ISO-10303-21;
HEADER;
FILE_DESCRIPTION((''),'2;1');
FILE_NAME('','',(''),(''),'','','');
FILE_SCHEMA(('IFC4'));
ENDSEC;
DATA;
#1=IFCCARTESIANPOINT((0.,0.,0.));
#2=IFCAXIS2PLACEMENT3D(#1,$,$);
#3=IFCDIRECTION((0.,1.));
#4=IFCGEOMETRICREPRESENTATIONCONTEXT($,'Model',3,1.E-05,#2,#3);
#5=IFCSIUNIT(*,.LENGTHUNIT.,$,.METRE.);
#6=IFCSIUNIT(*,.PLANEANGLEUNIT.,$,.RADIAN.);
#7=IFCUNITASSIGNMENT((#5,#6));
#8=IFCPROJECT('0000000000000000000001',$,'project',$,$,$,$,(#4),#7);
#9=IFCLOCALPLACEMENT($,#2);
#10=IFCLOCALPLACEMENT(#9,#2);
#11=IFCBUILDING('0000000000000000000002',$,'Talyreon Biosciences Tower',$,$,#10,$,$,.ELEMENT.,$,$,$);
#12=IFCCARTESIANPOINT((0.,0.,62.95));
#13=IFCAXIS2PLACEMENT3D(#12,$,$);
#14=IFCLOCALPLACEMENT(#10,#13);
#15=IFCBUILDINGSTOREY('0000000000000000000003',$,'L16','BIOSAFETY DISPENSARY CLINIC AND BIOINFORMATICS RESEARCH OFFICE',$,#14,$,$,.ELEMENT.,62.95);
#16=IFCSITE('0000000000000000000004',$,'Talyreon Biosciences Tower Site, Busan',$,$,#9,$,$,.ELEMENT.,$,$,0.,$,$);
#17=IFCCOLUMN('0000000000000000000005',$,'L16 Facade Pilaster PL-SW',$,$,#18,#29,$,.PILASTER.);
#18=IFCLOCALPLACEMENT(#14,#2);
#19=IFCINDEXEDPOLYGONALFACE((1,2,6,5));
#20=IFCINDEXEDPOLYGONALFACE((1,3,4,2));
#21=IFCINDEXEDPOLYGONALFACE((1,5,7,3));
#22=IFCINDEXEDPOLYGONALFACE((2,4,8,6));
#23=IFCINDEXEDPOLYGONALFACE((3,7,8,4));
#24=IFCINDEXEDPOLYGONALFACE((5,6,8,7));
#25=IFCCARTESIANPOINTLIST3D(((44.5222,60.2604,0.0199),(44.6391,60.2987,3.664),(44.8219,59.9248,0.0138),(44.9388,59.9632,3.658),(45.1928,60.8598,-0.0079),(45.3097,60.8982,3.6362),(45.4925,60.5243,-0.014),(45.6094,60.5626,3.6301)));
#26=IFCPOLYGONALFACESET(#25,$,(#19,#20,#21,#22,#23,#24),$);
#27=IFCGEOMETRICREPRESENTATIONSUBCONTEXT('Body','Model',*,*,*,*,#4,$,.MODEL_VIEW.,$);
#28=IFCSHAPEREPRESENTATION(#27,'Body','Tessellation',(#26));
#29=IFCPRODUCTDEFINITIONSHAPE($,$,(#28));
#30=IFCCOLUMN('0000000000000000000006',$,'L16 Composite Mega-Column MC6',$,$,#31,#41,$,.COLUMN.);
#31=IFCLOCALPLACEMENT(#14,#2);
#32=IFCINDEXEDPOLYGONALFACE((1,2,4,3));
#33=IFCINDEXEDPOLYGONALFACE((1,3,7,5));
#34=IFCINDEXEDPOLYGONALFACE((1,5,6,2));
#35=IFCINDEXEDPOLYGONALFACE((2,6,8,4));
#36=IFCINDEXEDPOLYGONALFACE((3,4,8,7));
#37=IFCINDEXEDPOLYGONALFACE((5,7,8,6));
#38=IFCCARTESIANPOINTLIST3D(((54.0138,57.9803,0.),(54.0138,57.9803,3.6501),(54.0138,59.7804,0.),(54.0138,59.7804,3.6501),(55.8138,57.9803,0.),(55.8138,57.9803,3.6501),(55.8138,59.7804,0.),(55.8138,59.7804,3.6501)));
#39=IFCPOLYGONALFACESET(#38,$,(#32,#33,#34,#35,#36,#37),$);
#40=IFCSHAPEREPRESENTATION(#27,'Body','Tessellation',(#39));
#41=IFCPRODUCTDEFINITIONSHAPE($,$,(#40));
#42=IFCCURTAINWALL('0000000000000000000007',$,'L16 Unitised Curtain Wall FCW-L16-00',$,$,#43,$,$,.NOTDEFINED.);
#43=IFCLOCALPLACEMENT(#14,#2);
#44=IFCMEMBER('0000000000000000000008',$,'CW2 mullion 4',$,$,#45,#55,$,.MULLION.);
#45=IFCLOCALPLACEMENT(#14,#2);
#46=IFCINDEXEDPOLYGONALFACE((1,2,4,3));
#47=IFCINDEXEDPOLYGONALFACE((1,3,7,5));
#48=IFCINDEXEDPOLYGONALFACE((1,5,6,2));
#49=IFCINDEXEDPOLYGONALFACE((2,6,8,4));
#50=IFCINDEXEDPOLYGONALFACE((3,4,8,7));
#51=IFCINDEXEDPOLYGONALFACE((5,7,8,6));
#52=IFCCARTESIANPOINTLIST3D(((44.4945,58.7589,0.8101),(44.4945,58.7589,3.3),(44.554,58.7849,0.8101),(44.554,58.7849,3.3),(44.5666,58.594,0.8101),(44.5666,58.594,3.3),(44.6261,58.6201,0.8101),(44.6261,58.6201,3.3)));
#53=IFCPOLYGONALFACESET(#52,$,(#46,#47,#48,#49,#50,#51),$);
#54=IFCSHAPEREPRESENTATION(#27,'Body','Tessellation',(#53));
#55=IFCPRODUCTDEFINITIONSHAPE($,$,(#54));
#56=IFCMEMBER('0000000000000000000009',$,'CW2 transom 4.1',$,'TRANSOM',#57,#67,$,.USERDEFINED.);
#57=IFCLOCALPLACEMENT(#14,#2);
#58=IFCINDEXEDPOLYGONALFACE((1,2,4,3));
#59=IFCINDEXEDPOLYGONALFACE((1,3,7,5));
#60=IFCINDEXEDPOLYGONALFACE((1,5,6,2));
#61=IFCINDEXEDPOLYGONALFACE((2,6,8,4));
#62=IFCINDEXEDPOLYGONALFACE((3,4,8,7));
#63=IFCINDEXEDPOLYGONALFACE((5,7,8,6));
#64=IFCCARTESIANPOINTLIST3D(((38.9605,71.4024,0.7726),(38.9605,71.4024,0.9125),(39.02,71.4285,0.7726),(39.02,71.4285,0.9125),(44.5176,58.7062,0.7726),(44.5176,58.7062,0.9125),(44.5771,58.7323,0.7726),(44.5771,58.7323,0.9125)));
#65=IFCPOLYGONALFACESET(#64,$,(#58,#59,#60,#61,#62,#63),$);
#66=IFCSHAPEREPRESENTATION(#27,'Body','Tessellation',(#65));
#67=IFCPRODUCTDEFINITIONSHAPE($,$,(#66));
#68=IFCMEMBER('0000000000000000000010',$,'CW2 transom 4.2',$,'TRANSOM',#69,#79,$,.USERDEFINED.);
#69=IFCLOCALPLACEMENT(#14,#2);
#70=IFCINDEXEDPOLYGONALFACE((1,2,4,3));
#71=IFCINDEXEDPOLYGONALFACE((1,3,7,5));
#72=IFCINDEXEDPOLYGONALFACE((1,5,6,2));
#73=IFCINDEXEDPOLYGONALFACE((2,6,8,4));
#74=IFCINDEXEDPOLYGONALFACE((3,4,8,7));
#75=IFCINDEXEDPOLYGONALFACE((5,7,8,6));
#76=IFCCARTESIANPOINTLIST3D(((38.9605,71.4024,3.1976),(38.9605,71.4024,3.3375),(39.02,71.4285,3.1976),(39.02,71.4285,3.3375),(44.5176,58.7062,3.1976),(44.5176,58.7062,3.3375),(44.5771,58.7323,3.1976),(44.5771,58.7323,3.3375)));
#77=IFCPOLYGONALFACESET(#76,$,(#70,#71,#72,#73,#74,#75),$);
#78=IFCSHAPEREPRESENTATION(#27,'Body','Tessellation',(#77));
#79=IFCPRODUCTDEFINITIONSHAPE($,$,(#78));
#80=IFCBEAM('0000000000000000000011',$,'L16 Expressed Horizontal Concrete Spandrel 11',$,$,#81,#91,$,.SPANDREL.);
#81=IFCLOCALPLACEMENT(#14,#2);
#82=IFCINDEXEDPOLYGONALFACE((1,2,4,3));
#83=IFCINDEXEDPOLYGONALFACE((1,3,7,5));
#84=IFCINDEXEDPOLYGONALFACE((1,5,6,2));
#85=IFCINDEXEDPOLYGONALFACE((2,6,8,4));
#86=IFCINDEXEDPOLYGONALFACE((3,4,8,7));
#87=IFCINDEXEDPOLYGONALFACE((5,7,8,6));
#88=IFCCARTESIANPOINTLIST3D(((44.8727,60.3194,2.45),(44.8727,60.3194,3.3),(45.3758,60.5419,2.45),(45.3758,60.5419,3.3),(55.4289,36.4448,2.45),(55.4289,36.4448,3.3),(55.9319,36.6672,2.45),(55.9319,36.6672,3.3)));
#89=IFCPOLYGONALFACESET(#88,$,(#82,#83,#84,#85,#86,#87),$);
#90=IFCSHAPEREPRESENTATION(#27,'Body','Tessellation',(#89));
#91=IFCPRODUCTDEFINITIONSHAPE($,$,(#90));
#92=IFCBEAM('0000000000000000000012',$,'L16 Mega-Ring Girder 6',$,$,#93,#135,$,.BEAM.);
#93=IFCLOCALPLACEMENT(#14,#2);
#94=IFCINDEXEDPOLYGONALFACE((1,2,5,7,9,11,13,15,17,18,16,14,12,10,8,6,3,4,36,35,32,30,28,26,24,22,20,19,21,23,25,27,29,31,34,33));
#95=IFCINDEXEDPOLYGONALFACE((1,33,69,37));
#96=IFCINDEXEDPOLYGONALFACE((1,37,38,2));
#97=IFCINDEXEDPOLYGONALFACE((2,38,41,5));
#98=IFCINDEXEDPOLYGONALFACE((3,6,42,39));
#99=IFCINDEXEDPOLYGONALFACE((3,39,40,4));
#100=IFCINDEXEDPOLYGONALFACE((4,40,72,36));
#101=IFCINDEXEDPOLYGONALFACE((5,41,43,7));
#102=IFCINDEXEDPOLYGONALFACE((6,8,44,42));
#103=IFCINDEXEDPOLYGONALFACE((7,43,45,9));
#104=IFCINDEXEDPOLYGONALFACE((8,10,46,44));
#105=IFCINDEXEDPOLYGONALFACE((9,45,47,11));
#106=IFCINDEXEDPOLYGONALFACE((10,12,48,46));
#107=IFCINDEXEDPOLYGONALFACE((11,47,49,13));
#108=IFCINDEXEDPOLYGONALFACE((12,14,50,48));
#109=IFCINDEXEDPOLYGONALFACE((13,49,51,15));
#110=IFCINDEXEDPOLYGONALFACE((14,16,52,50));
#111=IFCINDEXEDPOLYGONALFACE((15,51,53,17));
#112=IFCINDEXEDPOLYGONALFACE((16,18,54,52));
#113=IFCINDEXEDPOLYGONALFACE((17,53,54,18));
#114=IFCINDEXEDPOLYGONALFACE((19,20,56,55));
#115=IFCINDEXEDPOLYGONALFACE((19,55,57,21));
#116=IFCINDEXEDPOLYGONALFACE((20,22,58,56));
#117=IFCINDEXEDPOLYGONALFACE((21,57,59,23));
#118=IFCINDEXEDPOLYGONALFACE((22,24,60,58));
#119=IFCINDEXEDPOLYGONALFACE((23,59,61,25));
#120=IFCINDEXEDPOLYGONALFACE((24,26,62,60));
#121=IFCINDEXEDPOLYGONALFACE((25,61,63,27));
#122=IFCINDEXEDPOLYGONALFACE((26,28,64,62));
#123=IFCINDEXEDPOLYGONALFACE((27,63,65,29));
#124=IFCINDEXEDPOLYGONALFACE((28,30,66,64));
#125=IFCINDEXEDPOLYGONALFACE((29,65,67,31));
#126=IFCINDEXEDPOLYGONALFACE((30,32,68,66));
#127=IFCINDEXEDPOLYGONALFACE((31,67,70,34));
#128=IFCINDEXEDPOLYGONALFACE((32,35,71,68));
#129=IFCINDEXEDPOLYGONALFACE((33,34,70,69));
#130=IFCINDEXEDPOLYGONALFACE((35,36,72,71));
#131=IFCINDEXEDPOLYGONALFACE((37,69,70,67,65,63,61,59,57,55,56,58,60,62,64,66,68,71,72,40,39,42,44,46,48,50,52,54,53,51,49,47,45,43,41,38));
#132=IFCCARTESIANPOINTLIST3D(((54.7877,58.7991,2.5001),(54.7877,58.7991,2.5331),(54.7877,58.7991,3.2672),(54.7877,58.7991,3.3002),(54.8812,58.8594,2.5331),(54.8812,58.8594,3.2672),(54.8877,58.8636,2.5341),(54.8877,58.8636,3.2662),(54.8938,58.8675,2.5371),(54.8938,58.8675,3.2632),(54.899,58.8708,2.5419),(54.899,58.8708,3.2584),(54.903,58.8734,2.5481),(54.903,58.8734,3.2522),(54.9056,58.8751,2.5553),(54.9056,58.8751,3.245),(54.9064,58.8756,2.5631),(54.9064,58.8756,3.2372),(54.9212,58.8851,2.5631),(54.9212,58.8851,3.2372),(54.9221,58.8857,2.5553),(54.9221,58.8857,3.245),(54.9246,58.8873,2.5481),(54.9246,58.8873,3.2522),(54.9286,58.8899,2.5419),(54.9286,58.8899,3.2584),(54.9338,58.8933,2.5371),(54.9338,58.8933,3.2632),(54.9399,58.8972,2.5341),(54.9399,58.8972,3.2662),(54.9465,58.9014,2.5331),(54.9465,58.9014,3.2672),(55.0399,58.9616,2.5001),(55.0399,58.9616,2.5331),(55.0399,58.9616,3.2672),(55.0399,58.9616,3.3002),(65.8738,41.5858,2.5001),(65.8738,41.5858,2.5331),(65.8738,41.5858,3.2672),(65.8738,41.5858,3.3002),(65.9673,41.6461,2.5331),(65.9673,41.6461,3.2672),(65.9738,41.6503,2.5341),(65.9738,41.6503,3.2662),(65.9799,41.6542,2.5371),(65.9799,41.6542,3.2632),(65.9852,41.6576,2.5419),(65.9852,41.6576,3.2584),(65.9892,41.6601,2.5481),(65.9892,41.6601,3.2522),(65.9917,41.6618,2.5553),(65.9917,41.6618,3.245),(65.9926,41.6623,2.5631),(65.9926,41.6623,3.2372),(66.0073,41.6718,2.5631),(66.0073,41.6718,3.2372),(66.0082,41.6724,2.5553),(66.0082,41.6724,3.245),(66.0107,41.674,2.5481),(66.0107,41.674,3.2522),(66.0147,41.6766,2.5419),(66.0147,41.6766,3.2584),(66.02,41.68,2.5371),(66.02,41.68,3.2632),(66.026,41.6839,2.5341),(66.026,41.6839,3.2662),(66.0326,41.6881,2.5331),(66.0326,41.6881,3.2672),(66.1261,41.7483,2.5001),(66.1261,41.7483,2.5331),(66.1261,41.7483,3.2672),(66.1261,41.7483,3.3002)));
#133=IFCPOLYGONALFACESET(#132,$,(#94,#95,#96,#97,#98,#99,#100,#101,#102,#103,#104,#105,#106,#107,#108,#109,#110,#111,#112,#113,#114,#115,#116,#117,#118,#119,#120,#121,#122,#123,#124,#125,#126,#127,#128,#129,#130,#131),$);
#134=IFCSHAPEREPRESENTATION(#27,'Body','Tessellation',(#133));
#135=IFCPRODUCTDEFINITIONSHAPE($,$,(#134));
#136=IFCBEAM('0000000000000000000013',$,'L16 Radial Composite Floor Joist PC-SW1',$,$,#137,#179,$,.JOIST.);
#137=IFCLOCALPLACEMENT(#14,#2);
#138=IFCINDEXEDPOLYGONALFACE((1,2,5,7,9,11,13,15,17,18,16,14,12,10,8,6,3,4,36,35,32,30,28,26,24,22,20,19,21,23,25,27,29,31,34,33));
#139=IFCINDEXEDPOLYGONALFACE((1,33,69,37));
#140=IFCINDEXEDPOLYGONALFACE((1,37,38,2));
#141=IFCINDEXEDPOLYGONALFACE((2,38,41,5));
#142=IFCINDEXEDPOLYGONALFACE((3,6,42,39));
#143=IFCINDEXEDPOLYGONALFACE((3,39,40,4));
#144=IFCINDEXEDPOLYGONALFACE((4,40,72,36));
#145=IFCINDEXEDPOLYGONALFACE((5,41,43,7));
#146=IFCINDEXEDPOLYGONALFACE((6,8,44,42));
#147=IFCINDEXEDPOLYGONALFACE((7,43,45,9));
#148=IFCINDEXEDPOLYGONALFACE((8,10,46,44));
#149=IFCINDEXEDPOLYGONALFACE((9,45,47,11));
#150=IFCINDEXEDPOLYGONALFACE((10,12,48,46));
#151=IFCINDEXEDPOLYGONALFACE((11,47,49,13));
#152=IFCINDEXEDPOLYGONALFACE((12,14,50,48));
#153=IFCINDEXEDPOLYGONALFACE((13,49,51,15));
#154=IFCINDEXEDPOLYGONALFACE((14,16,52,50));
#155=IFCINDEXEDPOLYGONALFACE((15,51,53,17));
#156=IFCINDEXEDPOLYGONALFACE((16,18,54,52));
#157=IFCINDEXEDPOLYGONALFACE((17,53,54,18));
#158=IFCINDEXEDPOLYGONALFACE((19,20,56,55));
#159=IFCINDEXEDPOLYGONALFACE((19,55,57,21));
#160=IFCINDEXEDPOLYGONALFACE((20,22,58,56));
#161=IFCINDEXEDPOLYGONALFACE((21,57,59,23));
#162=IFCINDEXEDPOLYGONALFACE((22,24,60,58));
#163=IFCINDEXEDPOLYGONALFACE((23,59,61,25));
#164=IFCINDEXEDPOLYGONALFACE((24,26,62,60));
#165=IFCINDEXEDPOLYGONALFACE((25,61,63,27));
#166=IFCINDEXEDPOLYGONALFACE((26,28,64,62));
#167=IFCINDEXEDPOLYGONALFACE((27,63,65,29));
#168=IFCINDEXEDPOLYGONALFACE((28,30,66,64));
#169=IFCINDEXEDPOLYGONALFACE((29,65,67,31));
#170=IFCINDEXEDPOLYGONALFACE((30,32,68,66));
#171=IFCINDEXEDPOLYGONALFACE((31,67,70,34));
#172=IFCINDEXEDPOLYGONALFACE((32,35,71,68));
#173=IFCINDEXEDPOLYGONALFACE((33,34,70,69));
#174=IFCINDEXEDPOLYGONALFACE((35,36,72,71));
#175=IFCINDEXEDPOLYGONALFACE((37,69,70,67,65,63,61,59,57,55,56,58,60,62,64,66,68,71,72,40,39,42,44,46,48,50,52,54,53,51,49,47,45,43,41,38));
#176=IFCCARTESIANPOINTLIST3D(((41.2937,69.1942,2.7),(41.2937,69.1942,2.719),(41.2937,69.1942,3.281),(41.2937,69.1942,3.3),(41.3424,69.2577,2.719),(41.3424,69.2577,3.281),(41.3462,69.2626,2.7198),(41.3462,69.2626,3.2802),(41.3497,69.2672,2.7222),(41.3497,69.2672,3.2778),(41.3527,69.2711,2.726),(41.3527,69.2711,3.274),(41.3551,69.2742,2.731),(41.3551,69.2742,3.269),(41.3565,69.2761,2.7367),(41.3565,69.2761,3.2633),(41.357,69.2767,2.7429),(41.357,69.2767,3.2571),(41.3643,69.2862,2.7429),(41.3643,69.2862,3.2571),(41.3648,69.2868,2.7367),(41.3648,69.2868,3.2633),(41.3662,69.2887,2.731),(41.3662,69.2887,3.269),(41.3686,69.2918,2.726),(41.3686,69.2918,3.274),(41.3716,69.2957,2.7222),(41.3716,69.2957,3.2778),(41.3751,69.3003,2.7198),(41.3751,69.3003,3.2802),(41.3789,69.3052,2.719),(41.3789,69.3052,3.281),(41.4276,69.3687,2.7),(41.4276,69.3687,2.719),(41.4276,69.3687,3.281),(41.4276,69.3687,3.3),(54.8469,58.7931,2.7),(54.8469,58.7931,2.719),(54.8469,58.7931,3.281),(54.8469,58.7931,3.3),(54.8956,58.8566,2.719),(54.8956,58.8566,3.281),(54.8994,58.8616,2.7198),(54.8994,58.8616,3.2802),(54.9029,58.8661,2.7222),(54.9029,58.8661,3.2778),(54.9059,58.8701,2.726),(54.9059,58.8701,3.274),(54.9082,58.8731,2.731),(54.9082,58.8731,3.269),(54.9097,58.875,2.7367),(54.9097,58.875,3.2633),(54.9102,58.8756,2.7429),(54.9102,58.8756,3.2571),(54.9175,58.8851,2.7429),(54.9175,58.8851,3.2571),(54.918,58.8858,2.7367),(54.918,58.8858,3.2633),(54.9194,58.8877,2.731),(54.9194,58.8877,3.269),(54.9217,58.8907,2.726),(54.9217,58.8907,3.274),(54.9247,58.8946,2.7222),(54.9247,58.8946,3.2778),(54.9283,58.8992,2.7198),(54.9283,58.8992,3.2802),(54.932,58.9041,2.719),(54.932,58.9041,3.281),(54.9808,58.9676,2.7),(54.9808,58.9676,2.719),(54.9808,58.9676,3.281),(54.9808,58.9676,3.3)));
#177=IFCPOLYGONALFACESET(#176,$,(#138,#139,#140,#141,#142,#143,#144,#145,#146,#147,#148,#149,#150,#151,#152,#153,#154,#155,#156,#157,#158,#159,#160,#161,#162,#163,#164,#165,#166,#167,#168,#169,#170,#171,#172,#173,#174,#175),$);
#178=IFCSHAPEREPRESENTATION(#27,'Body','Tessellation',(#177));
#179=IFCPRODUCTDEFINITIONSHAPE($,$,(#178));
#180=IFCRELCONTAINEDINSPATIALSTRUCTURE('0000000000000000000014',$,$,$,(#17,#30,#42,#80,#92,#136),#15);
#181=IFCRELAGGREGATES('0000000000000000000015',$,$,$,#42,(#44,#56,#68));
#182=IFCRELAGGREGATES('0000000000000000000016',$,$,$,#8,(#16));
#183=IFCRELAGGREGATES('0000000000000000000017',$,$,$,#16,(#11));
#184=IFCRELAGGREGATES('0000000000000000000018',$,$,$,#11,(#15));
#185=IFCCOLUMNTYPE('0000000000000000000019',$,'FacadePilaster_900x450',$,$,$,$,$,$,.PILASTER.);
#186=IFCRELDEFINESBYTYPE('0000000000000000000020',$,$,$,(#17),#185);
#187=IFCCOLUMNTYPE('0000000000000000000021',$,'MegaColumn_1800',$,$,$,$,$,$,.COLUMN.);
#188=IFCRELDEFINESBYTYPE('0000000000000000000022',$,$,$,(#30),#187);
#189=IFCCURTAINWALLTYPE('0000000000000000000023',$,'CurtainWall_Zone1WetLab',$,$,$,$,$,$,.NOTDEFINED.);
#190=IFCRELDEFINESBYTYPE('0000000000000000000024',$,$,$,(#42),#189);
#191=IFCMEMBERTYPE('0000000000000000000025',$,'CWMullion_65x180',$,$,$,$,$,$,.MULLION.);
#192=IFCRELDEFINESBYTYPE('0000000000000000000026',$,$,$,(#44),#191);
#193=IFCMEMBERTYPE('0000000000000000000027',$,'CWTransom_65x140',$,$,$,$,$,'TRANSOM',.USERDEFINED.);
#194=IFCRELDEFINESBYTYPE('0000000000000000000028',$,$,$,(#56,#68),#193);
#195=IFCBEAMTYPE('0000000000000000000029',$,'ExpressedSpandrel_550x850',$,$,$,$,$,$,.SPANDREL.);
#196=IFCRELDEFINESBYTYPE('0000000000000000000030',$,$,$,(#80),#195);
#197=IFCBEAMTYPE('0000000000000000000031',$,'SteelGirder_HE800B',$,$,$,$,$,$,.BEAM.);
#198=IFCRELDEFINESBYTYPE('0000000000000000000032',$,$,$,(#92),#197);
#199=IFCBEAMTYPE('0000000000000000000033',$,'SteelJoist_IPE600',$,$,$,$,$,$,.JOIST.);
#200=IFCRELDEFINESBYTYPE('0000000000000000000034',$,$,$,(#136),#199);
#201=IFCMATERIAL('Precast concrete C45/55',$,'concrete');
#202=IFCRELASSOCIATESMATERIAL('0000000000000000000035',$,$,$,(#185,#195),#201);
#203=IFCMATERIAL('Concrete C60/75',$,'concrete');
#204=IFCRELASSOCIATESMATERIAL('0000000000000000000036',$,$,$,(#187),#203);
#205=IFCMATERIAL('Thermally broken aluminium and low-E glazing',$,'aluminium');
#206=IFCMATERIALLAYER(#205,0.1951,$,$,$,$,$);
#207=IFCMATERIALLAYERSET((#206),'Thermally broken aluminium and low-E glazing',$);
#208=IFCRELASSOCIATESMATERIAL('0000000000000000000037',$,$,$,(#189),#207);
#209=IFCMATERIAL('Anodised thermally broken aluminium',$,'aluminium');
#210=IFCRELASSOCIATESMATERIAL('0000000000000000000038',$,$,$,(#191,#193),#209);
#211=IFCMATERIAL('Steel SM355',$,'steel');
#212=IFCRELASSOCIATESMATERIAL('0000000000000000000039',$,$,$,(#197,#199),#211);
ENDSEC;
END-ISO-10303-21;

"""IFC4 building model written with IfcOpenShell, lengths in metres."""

from ifc_helpers import new_model, si_unit, direction, frame, origin, origin_2d, place, context, subcontext, project, spatial, rectangle, i_section, extrude, material, layer, layer_set, material_profile, profile_set, type_object, element, aggregate, save


model = new_model("IFC4")

# Units and contexts
model_context = context("Model", 3, precision=1e-05, world=origin(), true_north=direction((0.0, 1.0)))
body_context = subcontext(model_context, "Body", "Model", "MODEL_VIEW")
ifc_project = project(units=[si_unit("LENGTHUNIT", "METRE"), si_unit("PLANEANGLEUNIT", "RADIAN")], contexts=[model_context])

# Site, building, storey
site_placement = place(None, origin())
site = spatial("IfcSite", under=ifc_project, at=site_placement, Name="Talyreon Biosciences Tower Site, Busan", CompositionType="ELEMENT", RefElevation=0.0)
building_placement = place(site_placement, origin())
building = spatial("IfcBuilding", under=site, at=building_placement, Name="Talyreon Biosciences Tower", CompositionType="ELEMENT")
storey_placement = place(building_placement, frame((0.0, 0.0, 62.95)))
storey = spatial("IfcBuildingStorey", under=building, at=storey_placement, Name="L16", Description="BIOSAFETY DISPENSARY CLINIC AND BIOINFORMATICS RESEARCH OFFICE", CompositionType="ELEMENT", Elevation=62.95)

# Columns
ifc_material_1 = material(Name="Precast concrete C45/55", Category="concrete")
ifc_material_profile_1 = material_profile(ifc_material_1, rectangle(XDim=0.8999, YDim=0.45, at=origin_2d()), Name="RC 900x450")
ifc_profile_set_1 = profile_set([ifc_material_profile_1], Name="Precast concrete C45/55")
column_type_1 = type_object("IfcColumnType", Name="FacadePilaster_900x450", PredefinedType="PILASTER", material=ifc_profile_set_1)
column_1_placement = place(storey_placement, frame((45.0073, 60.3923, 0.0029), z_axis=(0.032073, 0.010513, 0.99943), x_axis=(0.745173, 0.666154, -0.030921)))
element("IfcColumn", 1, at=column_1_placement, inside=storey, type_object=column_type_1, Name="L16 Facade Pilaster PL-SW", PredefinedType="PILASTER", context=body_context, shape_type="SweptSolid", body=[
    extrude(rectangle(XDim=0.8999, YDim=0.45, at=origin_2d()), origin(), (0.0, 0.0, 1.0), 3.6462),
])
ifc_material_2 = material(Name="Concrete C60/75", Category="concrete")
ifc_material_profile_2 = material_profile(ifc_material_2, rectangle(XDim=1.8, YDim=1.8, at=origin_2d()), Name="RC 1800x1800")
ifc_profile_set_2 = profile_set([ifc_material_profile_2], Name="Concrete C60/75")
column_type_2 = type_object("IfcColumnType", Name="MegaColumn_1800", PredefinedType="COLUMN", material=ifc_profile_set_2)
column_2_placement = place(storey_placement, frame((54.9138, 58.8804, 0.0), z_axis=(0.0, 0.0, 1.0), x_axis=(1.0, 0.0, 0.0)))
element("IfcColumn", 2, at=column_2_placement, inside=storey, type_object=column_type_2, Name="L16 Composite Mega-Column MC6", PredefinedType="COLUMN", context=body_context, shape_type="SweptSolid", body=[
    extrude(rectangle(XDim=1.8, YDim=1.8, at=origin_2d()), origin(), (0.0, 0.0, 1.0), 3.6501),
])

# Curtain wall, members
ifc_material_3 = material(Name="Thermally broken aluminium and low-E glazing", Category="aluminium")
ifc_layer_1 = layer(ifc_material_3, 0.1951)
ifc_layer_set_1 = layer_set([ifc_layer_1], Name="Thermally broken aluminium and low-E glazing")
curtain_wall_type = type_object("IfcCurtainWallType", Name="CurtainWall_Zone1WetLab", PredefinedType="NOTDEFINED", material=ifc_layer_set_1)
curtain_wall_placement = place(storey_placement, origin())
curtain_wall = element("IfcCurtainWall", 3, at=curtain_wall_placement, inside=storey, type_object=curtain_wall_type, Name="L16 Unitised Curtain Wall FCW-L16-00", PredefinedType="NOTDEFINED")
ifc_material_4 = material(Name="Anodised thermally broken aluminium", Category="aluminium")
ifc_material_profile_3 = material_profile(ifc_material_4, rectangle(XDim=0.0649, YDim=0.1799, at=origin_2d()), Name="ALUM MULLION 65x180")
ifc_profile_set_3 = profile_set([ifc_material_profile_3], Name="Anodised thermally broken aluminium")
member_type_1 = type_object("IfcMemberType", Name="CWMullion_65x180", PredefinedType="MULLION", material=ifc_profile_set_3)
member_1_placement = place(storey_placement, frame((44.5603, 58.6895, 0.8101), z_axis=(0.0, 0.0, 1.0), x_axis=(-0.916092, -0.400968, 0.0)))
member_1 = element("IfcMember", 4, at=member_1_placement, type_object=member_type_1, Name="CW2 mullion 4", PredefinedType="MULLION", context=body_context, shape_type="SweptSolid", body=[
    extrude(rectangle(XDim=0.0649, YDim=0.1799, at=origin_2d()), origin(), (0.0, 0.0, 1.0), 2.49),
])
ifc_material_profile_4 = material_profile(ifc_material_4, rectangle(XDim=0.0649, YDim=0.1399, at=origin_2d()), Name="ALUM TRANSOM 65x140")
ifc_profile_set_4 = profile_set([ifc_material_profile_4], Name="Anodised thermally broken aluminium")
member_type_2 = type_object("IfcMemberType", Name="CWTransom_65x140", ElementType="TRANSOM", PredefinedType="USERDEFINED", material=ifc_profile_set_4)
member_2_placement = place(storey_placement, frame((44.5474, 58.7192, 0.8425), z_axis=(-0.40097, 0.916091, 0.0), x_axis=(-0.916091, -0.40097, 0.0)))
member_2 = element("IfcMember", 5, at=member_2_placement, type_object=member_type_2, Name="CW2 transom 4.1", ObjectType="TRANSOM", PredefinedType="USERDEFINED", context=body_context, shape_type="SweptSolid", body=[
    extrude(rectangle(XDim=0.0649, YDim=0.1399, at=origin_2d()), origin(), (0.0, 0.0, 1.0), 13.8591),
])
member_3_placement = place(storey_placement, frame((44.5474, 58.7192, 3.2676), z_axis=(-0.40097, 0.916091, 0.0), x_axis=(-0.916091, -0.40097, 0.0)))
member_3 = element("IfcMember", 6, at=member_3_placement, type_object=member_type_2, Name="CW2 transom 4.2", ObjectType="TRANSOM", PredefinedType="USERDEFINED", context=body_context, shape_type="SweptSolid", body=[
    extrude(rectangle(XDim=0.0649, YDim=0.1399, at=origin_2d()), origin(), (0.0, 0.0, 1.0), 13.8591),
])

# Beams
ifc_material_profile_5 = material_profile(ifc_material_1, rectangle(XDim=0.55, YDim=0.8501, at=origin_2d()), Name="RCB 550x850")
ifc_profile_set_5 = profile_set([ifc_material_profile_5], Name="Precast concrete C45/55")
beam_type_1 = type_object("IfcBeamType", Name="ExpressedSpandrel_550x850", PredefinedType="SPANDREL", material=ifc_profile_set_5)
beam_1_placement = place(storey_placement, frame((45.1243, 60.4307, 2.875), z_axis=(0.404383, -0.91459, 0.0), x_axis=(0.91459, 0.404383, 0.0)))
element("IfcBeam", 7, at=beam_1_placement, inside=storey, type_object=beam_type_1, Name="L16 Expressed Horizontal Concrete Spandrel 11", PredefinedType="SPANDREL", context=body_context, shape_type="SweptSolid", body=[
    extrude(rectangle(XDim=0.55, YDim=0.8501, at=origin_2d()), origin(), (0.0, 0.0, 1.0), 26.1042),
])
ifc_material_5 = material(Name="Steel SM355", Category="steel")
ifc_material_profile_6 = material_profile(ifc_material_5, i_section(OverallWidth=0.3, OverallDepth=0.8, WebThickness=0.0176, FlangeThickness=0.033, FilletRadius=0.03, at=origin_2d()), Name="HE800B")
ifc_profile_set_6 = profile_set([ifc_material_profile_6], Name="Steel SM355")
beam_type_2 = type_object("IfcBeamType", Name="SteelGirder_HE800B", PredefinedType="BEAM", material=ifc_profile_set_6)
beam_2_placement = place(storey_placement, frame((54.9138, 58.8804, 2.9001), z_axis=(0.541464, -0.840724, 0.0), x_axis=(0.840724, 0.541464, 0.0)))
element("IfcBeam", 8, at=beam_2_placement, inside=storey, type_object=beam_type_2, Name="L16 Mega-Ring Girder 6", PredefinedType="BEAM", context=body_context, shape_type="SweptSolid", body=[
    extrude(i_section(OverallWidth=0.3, OverallDepth=0.8, WebThickness=0.0176, FlangeThickness=0.033, FilletRadius=0.03, at=origin_2d()), origin(), (0.0, 0.0, 1.0), 20.4744),
])
ifc_material_profile_7 = material_profile(ifc_material_5, i_section(OverallWidth=0.22, OverallDepth=0.6001, WebThickness=0.012, FlangeThickness=0.019, FilletRadius=0.0239, at=origin_2d()), Name="IPE600")
ifc_profile_set_7 = profile_set([ifc_material_profile_7], Name="Steel SM355")
beam_type_3 = type_object("IfcBeamType", Name="SteelJoist_IPE600", PredefinedType="JOIST", material=ifc_profile_set_7)
beam_3_placement = place(storey_placement, frame((54.9138, 58.8804, 3.0), z_axis=(-0.793315, 0.608812, 0.0), x_axis=(-0.608812, -0.793315, 0.0)))
element("IfcBeam", 9, at=beam_3_placement, inside=storey, type_object=beam_type_3, Name="L16 Radial Composite Floor Joist PC-SW1", PredefinedType="JOIST", context=body_context, shape_type="SweptSolid", body=[
    extrude(i_section(OverallWidth=0.22, OverallDepth=0.6001, WebThickness=0.012, FlangeThickness=0.019, FilletRadius=0.0239, at=origin_2d()), origin(), (0.0, 0.0, 1.0), 17.0842),
])

aggregate(curtain_wall, [member_1, member_2, member_3])

save(model, "model.ifc")
